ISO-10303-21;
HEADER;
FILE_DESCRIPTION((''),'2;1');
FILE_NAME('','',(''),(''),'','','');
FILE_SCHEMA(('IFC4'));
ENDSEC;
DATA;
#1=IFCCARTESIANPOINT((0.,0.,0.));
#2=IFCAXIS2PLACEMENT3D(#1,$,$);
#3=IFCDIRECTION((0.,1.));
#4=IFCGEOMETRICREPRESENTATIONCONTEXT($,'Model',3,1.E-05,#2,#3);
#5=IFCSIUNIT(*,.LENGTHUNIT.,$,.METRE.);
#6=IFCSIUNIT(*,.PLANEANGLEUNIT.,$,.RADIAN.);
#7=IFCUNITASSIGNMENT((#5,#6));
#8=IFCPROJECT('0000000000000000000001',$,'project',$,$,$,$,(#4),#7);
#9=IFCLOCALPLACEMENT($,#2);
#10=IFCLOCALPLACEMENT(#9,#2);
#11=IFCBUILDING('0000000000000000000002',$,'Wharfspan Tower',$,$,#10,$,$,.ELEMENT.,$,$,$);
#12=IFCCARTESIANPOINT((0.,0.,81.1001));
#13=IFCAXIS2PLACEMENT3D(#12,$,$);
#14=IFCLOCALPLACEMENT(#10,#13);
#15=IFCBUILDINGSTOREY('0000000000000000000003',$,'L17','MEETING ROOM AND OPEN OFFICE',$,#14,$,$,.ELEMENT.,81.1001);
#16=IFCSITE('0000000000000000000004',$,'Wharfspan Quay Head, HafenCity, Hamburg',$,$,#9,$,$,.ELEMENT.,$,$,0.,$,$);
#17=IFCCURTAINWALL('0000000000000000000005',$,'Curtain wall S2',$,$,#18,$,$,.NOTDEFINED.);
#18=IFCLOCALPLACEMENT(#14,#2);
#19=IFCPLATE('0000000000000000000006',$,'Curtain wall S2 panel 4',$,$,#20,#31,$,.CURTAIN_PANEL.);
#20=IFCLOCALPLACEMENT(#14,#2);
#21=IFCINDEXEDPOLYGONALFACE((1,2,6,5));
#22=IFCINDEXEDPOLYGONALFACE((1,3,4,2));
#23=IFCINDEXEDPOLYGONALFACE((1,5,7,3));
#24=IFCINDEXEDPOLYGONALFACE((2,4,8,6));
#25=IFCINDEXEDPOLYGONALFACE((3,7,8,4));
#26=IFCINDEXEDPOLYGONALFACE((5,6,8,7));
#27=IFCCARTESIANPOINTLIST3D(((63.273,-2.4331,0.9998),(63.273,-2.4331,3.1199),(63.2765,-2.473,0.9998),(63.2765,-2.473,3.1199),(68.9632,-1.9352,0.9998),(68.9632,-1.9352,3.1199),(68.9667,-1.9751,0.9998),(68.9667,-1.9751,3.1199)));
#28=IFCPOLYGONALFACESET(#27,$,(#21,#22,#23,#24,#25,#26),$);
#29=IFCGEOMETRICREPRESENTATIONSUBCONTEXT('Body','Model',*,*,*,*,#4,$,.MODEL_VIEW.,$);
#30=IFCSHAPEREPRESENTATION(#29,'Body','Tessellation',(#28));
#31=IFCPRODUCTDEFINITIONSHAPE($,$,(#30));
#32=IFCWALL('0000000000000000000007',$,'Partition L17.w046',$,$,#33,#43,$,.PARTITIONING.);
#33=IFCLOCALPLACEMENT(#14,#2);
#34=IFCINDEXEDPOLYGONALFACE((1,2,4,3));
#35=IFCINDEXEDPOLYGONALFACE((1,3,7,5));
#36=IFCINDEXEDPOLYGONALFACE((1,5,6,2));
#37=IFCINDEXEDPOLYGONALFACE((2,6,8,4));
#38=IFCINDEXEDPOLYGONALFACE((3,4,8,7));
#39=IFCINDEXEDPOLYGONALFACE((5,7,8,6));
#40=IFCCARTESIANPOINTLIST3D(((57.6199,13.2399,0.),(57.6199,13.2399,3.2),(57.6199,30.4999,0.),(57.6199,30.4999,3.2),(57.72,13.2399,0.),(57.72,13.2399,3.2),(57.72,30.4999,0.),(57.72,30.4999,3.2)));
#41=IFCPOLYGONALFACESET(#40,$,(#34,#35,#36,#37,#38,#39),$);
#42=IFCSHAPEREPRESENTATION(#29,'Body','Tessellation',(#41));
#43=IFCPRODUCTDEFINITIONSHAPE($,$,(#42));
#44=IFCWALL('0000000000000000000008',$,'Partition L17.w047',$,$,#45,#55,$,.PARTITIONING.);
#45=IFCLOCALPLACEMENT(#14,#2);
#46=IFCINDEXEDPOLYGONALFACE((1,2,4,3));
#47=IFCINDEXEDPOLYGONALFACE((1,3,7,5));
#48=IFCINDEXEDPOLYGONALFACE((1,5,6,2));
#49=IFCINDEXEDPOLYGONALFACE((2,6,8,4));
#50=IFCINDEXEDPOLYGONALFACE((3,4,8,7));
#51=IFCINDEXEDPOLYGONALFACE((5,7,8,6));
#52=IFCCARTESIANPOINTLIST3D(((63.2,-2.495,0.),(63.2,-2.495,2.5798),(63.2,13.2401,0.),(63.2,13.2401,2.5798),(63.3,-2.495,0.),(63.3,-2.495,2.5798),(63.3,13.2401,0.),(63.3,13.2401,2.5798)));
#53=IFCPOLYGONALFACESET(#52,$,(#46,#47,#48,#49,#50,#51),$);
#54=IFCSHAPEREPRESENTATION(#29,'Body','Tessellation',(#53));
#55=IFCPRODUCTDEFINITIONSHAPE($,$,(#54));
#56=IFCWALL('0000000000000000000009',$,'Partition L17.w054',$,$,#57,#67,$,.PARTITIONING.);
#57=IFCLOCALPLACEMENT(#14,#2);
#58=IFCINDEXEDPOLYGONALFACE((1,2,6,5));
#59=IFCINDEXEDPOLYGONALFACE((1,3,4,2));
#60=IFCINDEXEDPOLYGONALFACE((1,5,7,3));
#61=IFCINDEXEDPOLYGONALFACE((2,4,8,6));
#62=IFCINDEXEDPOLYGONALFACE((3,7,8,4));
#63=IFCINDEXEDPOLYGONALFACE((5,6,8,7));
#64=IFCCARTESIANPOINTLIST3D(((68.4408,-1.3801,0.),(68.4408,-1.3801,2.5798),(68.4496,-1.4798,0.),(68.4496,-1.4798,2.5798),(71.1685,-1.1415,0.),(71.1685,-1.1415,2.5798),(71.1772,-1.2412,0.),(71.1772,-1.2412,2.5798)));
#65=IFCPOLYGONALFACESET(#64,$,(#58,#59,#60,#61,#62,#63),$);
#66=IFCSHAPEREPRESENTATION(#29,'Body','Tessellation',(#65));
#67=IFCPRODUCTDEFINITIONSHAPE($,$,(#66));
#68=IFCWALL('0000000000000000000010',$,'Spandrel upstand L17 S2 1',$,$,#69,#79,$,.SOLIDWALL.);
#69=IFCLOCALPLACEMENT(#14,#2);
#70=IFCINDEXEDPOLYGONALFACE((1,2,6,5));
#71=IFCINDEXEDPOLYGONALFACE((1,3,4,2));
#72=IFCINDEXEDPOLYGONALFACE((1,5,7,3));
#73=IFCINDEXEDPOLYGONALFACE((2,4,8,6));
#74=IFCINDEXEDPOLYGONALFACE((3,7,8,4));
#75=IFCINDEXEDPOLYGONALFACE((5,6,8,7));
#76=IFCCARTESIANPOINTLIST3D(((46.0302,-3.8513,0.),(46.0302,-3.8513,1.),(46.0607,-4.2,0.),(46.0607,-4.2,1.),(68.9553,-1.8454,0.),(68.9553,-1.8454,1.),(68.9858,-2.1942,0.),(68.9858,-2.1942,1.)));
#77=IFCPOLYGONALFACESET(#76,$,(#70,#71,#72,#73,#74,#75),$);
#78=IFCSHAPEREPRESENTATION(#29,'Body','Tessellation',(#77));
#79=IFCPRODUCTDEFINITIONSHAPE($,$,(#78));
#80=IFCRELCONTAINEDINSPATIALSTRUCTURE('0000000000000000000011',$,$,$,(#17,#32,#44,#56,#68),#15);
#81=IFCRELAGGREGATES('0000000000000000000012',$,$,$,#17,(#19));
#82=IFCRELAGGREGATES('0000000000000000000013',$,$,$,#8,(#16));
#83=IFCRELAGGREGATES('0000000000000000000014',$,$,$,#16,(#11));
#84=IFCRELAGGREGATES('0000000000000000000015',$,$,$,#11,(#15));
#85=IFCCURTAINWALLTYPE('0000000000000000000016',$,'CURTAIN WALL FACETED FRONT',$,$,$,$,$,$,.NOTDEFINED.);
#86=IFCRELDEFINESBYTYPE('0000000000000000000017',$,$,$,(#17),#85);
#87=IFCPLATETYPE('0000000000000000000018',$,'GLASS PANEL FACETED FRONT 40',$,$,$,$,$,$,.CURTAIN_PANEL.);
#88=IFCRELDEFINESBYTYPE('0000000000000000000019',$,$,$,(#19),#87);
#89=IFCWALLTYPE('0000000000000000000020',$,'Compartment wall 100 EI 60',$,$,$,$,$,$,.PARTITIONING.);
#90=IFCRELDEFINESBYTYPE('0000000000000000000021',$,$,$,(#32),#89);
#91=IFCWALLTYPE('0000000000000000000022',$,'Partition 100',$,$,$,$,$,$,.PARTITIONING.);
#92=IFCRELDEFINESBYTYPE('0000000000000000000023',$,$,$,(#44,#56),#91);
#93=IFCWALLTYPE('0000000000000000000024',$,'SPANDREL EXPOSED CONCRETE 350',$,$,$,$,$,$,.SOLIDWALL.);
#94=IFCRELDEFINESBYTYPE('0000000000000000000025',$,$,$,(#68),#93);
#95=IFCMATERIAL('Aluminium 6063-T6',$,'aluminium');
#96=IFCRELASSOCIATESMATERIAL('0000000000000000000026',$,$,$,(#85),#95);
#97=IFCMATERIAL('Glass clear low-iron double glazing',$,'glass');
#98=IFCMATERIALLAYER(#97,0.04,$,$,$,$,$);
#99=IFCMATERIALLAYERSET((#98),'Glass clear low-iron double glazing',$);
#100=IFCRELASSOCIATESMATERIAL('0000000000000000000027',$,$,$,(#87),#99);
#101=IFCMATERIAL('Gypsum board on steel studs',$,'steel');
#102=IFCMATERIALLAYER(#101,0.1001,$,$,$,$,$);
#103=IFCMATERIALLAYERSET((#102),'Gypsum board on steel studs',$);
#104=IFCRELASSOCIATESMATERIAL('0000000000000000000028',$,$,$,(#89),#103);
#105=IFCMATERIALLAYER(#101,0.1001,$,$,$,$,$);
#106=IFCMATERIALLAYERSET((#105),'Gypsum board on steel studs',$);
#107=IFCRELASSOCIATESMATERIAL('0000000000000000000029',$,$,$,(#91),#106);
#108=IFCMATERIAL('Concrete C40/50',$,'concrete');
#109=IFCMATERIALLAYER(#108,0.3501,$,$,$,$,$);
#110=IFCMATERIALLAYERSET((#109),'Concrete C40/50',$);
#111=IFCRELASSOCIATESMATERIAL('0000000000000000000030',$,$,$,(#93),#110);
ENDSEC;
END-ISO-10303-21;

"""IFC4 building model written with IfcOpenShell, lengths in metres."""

from ifc_helpers import new_model, si_unit, direction, frame, frame_2d, origin, origin_2d, place, context, subcontext, project, spatial, rectangle, extrude, material, layer, layer_set, type_object, element, aggregate, save


model = new_model("IFC4")

# Units and contexts
model_context = context("Model", 3, precision=1e-05, world=origin(), true_north=direction((0.0, 1.0)))
body_context = subcontext(model_context, "Body", "Model", "MODEL_VIEW")
ifc_project = project(units=[si_unit("LENGTHUNIT", "METRE"), si_unit("PLANEANGLEUNIT", "RADIAN")], contexts=[model_context])

# Site, building, storey
site_placement = place(None, origin())
site = spatial("IfcSite", under=ifc_project, at=site_placement, Name="Wharfspan Quay Head, HafenCity, Hamburg", CompositionType="ELEMENT", RefElevation=0.0)
building_placement = place(site_placement, origin())
building = spatial("IfcBuilding", under=site, at=building_placement, Name="Wharfspan Tower", CompositionType="ELEMENT")
storey_placement = place(building_placement, frame((0.0, 0.0, 81.1001)))
storey = spatial("IfcBuildingStorey", under=building, at=storey_placement, Name="L17", Description="MEETING ROOM AND OPEN OFFICE", CompositionType="ELEMENT", Elevation=81.1001)

# Curtain wall
ifc_material_1 = material(Name="Aluminium 6063-T6", Category="aluminium")
curtain_wall_type = type_object("IfcCurtainWallType", Name="CURTAIN WALL FACETED FRONT", PredefinedType="NOTDEFINED", material=ifc_material_1)
curtain_wall_placement = place(storey_placement, origin())
curtain_wall = element("IfcCurtainWall", 1, at=curtain_wall_placement, inside=storey, type_object=curtain_wall_type, Name="Curtain wall S2", PredefinedType="NOTDEFINED")

# Plate
ifc_material_2 = material(Name="Glass clear low-iron double glazing", Category="glass")
ifc_layer_1 = layer(ifc_material_2, 0.04)
ifc_layer_set_1 = layer_set([ifc_layer_1], Name="Glass clear low-iron double glazing")
plate_type = type_object("IfcPlateType", Name="GLASS PANEL FACETED FRONT 40", PredefinedType="CURTAIN_PANEL", material=ifc_layer_set_1)
plate_1_placement = place(storey_placement, frame((66.1199, -2.2041, 0.9998), z_axis=(0.0, 0.0, 1.0), x_axis=(0.996197, 0.087156, 0.0)))
plate_1 = element("IfcPlate", 2, at=plate_1_placement, type_object=plate_type, Name="Curtain wall S2 panel 4", PredefinedType="CURTAIN_PANEL", context=body_context, shape_type="SweptSolid", body=[
    extrude(rectangle(XDim=5.7119, YDim=0.04, at=origin_2d()), origin(), (0.0, 0.0, 1.0), 2.1201),
])
aggregate(curtain_wall, [plate_1])

# Walls
ifc_material_3 = material(Name="Gypsum board on steel studs", Category="steel")
ifc_layer_2 = layer(ifc_material_3, 0.1001)
ifc_layer_set_2 = layer_set([ifc_layer_2], Name="Gypsum board on steel studs")
wall_type_1 = type_object("IfcWallType", Name="Compartment wall 100 EI 60", PredefinedType="PARTITIONING", material=ifc_layer_set_2)
wall_1_placement = place(storey_placement, frame((57.6699, 13.24, 0.0), z_axis=(0.0, 0.0, 1.0), x_axis=(0.0, 1.0, 0.0)))
element("IfcWall", 3, at=wall_1_placement, inside=storey, type_object=wall_type_1, Name="Partition L17.w046", PredefinedType="PARTITIONING", context=body_context, shape_type="SweptSolid", body=[
    extrude(rectangle(XDim=17.26, YDim=0.1001, at=frame_2d((8.6299, 0.0))), origin(), (0.0, 0.0, 1.0), 3.2),
])
ifc_layer_3 = layer(ifc_material_3, 0.1001)
ifc_layer_set_3 = layer_set([ifc_layer_3], Name="Gypsum board on steel studs")
wall_type_2 = type_object("IfcWallType", Name="Partition 100", PredefinedType="PARTITIONING", material=ifc_layer_set_3)
wall_2_placement = place(storey_placement, frame((63.25, -2.4951, 0.0), z_axis=(0.0, 0.0, 1.0), x_axis=(0.0, 1.0, 0.0)))
element("IfcWall", 4, at=wall_2_placement, inside=storey, type_object=wall_type_2, Name="Partition L17.w047", PredefinedType="PARTITIONING", context=body_context, shape_type="SweptSolid", body=[
    extrude(rectangle(XDim=15.7351, YDim=0.1001, at=frame_2d((7.8677, 0.0))), origin(), (0.0, 0.0, 1.0), 2.5798),
])
wall_3_placement = place(storey_placement, frame((68.4451, -1.4299, 0.0), z_axis=(0.0, 0.0, 1.0), x_axis=(0.996195, 0.087118, 0.0)))
element("IfcWall", 5, at=wall_3_placement, inside=storey, type_object=wall_type_2, Name="Partition L17.w054", PredefinedType="PARTITIONING", context=body_context, shape_type="SweptSolid", body=[
    extrude(rectangle(XDim=2.738, YDim=0.1001, at=frame_2d((1.3691, 0.0))), origin(), (0.0, 0.0, 1.0), 2.5798),
])
ifc_material_4 = material(Name="Concrete C40/50", Category="concrete")
ifc_layer_4 = layer(ifc_material_4, 0.3501)
ifc_layer_set_4 = layer_set([ifc_layer_4], Name="Concrete C40/50")
wall_type_3 = type_object("IfcWallType", Name="SPANDREL EXPOSED CONCRETE 350", PredefinedType="SOLIDWALL", material=ifc_layer_set_4)
wall_4_placement = place(storey_placement, frame((46.0454, -4.0256, 0.0), z_axis=(0.0, 0.0, 1.0), x_axis=(0.99619, 0.087163, 0.0)))
element("IfcWall", 6, at=wall_4_placement, inside=storey, type_object=wall_type_3, Name="Spandrel upstand L17 S2 1", PredefinedType="SOLIDWALL", context=body_context, shape_type="SweptSolid", body=[
    extrude(rectangle(XDim=23.0127, YDim=0.3501, at=frame_2d((11.5063, 0.0))), origin(), (0.0, 0.0, 1.0), 1.0),
])

save(model, "model.ifc")
